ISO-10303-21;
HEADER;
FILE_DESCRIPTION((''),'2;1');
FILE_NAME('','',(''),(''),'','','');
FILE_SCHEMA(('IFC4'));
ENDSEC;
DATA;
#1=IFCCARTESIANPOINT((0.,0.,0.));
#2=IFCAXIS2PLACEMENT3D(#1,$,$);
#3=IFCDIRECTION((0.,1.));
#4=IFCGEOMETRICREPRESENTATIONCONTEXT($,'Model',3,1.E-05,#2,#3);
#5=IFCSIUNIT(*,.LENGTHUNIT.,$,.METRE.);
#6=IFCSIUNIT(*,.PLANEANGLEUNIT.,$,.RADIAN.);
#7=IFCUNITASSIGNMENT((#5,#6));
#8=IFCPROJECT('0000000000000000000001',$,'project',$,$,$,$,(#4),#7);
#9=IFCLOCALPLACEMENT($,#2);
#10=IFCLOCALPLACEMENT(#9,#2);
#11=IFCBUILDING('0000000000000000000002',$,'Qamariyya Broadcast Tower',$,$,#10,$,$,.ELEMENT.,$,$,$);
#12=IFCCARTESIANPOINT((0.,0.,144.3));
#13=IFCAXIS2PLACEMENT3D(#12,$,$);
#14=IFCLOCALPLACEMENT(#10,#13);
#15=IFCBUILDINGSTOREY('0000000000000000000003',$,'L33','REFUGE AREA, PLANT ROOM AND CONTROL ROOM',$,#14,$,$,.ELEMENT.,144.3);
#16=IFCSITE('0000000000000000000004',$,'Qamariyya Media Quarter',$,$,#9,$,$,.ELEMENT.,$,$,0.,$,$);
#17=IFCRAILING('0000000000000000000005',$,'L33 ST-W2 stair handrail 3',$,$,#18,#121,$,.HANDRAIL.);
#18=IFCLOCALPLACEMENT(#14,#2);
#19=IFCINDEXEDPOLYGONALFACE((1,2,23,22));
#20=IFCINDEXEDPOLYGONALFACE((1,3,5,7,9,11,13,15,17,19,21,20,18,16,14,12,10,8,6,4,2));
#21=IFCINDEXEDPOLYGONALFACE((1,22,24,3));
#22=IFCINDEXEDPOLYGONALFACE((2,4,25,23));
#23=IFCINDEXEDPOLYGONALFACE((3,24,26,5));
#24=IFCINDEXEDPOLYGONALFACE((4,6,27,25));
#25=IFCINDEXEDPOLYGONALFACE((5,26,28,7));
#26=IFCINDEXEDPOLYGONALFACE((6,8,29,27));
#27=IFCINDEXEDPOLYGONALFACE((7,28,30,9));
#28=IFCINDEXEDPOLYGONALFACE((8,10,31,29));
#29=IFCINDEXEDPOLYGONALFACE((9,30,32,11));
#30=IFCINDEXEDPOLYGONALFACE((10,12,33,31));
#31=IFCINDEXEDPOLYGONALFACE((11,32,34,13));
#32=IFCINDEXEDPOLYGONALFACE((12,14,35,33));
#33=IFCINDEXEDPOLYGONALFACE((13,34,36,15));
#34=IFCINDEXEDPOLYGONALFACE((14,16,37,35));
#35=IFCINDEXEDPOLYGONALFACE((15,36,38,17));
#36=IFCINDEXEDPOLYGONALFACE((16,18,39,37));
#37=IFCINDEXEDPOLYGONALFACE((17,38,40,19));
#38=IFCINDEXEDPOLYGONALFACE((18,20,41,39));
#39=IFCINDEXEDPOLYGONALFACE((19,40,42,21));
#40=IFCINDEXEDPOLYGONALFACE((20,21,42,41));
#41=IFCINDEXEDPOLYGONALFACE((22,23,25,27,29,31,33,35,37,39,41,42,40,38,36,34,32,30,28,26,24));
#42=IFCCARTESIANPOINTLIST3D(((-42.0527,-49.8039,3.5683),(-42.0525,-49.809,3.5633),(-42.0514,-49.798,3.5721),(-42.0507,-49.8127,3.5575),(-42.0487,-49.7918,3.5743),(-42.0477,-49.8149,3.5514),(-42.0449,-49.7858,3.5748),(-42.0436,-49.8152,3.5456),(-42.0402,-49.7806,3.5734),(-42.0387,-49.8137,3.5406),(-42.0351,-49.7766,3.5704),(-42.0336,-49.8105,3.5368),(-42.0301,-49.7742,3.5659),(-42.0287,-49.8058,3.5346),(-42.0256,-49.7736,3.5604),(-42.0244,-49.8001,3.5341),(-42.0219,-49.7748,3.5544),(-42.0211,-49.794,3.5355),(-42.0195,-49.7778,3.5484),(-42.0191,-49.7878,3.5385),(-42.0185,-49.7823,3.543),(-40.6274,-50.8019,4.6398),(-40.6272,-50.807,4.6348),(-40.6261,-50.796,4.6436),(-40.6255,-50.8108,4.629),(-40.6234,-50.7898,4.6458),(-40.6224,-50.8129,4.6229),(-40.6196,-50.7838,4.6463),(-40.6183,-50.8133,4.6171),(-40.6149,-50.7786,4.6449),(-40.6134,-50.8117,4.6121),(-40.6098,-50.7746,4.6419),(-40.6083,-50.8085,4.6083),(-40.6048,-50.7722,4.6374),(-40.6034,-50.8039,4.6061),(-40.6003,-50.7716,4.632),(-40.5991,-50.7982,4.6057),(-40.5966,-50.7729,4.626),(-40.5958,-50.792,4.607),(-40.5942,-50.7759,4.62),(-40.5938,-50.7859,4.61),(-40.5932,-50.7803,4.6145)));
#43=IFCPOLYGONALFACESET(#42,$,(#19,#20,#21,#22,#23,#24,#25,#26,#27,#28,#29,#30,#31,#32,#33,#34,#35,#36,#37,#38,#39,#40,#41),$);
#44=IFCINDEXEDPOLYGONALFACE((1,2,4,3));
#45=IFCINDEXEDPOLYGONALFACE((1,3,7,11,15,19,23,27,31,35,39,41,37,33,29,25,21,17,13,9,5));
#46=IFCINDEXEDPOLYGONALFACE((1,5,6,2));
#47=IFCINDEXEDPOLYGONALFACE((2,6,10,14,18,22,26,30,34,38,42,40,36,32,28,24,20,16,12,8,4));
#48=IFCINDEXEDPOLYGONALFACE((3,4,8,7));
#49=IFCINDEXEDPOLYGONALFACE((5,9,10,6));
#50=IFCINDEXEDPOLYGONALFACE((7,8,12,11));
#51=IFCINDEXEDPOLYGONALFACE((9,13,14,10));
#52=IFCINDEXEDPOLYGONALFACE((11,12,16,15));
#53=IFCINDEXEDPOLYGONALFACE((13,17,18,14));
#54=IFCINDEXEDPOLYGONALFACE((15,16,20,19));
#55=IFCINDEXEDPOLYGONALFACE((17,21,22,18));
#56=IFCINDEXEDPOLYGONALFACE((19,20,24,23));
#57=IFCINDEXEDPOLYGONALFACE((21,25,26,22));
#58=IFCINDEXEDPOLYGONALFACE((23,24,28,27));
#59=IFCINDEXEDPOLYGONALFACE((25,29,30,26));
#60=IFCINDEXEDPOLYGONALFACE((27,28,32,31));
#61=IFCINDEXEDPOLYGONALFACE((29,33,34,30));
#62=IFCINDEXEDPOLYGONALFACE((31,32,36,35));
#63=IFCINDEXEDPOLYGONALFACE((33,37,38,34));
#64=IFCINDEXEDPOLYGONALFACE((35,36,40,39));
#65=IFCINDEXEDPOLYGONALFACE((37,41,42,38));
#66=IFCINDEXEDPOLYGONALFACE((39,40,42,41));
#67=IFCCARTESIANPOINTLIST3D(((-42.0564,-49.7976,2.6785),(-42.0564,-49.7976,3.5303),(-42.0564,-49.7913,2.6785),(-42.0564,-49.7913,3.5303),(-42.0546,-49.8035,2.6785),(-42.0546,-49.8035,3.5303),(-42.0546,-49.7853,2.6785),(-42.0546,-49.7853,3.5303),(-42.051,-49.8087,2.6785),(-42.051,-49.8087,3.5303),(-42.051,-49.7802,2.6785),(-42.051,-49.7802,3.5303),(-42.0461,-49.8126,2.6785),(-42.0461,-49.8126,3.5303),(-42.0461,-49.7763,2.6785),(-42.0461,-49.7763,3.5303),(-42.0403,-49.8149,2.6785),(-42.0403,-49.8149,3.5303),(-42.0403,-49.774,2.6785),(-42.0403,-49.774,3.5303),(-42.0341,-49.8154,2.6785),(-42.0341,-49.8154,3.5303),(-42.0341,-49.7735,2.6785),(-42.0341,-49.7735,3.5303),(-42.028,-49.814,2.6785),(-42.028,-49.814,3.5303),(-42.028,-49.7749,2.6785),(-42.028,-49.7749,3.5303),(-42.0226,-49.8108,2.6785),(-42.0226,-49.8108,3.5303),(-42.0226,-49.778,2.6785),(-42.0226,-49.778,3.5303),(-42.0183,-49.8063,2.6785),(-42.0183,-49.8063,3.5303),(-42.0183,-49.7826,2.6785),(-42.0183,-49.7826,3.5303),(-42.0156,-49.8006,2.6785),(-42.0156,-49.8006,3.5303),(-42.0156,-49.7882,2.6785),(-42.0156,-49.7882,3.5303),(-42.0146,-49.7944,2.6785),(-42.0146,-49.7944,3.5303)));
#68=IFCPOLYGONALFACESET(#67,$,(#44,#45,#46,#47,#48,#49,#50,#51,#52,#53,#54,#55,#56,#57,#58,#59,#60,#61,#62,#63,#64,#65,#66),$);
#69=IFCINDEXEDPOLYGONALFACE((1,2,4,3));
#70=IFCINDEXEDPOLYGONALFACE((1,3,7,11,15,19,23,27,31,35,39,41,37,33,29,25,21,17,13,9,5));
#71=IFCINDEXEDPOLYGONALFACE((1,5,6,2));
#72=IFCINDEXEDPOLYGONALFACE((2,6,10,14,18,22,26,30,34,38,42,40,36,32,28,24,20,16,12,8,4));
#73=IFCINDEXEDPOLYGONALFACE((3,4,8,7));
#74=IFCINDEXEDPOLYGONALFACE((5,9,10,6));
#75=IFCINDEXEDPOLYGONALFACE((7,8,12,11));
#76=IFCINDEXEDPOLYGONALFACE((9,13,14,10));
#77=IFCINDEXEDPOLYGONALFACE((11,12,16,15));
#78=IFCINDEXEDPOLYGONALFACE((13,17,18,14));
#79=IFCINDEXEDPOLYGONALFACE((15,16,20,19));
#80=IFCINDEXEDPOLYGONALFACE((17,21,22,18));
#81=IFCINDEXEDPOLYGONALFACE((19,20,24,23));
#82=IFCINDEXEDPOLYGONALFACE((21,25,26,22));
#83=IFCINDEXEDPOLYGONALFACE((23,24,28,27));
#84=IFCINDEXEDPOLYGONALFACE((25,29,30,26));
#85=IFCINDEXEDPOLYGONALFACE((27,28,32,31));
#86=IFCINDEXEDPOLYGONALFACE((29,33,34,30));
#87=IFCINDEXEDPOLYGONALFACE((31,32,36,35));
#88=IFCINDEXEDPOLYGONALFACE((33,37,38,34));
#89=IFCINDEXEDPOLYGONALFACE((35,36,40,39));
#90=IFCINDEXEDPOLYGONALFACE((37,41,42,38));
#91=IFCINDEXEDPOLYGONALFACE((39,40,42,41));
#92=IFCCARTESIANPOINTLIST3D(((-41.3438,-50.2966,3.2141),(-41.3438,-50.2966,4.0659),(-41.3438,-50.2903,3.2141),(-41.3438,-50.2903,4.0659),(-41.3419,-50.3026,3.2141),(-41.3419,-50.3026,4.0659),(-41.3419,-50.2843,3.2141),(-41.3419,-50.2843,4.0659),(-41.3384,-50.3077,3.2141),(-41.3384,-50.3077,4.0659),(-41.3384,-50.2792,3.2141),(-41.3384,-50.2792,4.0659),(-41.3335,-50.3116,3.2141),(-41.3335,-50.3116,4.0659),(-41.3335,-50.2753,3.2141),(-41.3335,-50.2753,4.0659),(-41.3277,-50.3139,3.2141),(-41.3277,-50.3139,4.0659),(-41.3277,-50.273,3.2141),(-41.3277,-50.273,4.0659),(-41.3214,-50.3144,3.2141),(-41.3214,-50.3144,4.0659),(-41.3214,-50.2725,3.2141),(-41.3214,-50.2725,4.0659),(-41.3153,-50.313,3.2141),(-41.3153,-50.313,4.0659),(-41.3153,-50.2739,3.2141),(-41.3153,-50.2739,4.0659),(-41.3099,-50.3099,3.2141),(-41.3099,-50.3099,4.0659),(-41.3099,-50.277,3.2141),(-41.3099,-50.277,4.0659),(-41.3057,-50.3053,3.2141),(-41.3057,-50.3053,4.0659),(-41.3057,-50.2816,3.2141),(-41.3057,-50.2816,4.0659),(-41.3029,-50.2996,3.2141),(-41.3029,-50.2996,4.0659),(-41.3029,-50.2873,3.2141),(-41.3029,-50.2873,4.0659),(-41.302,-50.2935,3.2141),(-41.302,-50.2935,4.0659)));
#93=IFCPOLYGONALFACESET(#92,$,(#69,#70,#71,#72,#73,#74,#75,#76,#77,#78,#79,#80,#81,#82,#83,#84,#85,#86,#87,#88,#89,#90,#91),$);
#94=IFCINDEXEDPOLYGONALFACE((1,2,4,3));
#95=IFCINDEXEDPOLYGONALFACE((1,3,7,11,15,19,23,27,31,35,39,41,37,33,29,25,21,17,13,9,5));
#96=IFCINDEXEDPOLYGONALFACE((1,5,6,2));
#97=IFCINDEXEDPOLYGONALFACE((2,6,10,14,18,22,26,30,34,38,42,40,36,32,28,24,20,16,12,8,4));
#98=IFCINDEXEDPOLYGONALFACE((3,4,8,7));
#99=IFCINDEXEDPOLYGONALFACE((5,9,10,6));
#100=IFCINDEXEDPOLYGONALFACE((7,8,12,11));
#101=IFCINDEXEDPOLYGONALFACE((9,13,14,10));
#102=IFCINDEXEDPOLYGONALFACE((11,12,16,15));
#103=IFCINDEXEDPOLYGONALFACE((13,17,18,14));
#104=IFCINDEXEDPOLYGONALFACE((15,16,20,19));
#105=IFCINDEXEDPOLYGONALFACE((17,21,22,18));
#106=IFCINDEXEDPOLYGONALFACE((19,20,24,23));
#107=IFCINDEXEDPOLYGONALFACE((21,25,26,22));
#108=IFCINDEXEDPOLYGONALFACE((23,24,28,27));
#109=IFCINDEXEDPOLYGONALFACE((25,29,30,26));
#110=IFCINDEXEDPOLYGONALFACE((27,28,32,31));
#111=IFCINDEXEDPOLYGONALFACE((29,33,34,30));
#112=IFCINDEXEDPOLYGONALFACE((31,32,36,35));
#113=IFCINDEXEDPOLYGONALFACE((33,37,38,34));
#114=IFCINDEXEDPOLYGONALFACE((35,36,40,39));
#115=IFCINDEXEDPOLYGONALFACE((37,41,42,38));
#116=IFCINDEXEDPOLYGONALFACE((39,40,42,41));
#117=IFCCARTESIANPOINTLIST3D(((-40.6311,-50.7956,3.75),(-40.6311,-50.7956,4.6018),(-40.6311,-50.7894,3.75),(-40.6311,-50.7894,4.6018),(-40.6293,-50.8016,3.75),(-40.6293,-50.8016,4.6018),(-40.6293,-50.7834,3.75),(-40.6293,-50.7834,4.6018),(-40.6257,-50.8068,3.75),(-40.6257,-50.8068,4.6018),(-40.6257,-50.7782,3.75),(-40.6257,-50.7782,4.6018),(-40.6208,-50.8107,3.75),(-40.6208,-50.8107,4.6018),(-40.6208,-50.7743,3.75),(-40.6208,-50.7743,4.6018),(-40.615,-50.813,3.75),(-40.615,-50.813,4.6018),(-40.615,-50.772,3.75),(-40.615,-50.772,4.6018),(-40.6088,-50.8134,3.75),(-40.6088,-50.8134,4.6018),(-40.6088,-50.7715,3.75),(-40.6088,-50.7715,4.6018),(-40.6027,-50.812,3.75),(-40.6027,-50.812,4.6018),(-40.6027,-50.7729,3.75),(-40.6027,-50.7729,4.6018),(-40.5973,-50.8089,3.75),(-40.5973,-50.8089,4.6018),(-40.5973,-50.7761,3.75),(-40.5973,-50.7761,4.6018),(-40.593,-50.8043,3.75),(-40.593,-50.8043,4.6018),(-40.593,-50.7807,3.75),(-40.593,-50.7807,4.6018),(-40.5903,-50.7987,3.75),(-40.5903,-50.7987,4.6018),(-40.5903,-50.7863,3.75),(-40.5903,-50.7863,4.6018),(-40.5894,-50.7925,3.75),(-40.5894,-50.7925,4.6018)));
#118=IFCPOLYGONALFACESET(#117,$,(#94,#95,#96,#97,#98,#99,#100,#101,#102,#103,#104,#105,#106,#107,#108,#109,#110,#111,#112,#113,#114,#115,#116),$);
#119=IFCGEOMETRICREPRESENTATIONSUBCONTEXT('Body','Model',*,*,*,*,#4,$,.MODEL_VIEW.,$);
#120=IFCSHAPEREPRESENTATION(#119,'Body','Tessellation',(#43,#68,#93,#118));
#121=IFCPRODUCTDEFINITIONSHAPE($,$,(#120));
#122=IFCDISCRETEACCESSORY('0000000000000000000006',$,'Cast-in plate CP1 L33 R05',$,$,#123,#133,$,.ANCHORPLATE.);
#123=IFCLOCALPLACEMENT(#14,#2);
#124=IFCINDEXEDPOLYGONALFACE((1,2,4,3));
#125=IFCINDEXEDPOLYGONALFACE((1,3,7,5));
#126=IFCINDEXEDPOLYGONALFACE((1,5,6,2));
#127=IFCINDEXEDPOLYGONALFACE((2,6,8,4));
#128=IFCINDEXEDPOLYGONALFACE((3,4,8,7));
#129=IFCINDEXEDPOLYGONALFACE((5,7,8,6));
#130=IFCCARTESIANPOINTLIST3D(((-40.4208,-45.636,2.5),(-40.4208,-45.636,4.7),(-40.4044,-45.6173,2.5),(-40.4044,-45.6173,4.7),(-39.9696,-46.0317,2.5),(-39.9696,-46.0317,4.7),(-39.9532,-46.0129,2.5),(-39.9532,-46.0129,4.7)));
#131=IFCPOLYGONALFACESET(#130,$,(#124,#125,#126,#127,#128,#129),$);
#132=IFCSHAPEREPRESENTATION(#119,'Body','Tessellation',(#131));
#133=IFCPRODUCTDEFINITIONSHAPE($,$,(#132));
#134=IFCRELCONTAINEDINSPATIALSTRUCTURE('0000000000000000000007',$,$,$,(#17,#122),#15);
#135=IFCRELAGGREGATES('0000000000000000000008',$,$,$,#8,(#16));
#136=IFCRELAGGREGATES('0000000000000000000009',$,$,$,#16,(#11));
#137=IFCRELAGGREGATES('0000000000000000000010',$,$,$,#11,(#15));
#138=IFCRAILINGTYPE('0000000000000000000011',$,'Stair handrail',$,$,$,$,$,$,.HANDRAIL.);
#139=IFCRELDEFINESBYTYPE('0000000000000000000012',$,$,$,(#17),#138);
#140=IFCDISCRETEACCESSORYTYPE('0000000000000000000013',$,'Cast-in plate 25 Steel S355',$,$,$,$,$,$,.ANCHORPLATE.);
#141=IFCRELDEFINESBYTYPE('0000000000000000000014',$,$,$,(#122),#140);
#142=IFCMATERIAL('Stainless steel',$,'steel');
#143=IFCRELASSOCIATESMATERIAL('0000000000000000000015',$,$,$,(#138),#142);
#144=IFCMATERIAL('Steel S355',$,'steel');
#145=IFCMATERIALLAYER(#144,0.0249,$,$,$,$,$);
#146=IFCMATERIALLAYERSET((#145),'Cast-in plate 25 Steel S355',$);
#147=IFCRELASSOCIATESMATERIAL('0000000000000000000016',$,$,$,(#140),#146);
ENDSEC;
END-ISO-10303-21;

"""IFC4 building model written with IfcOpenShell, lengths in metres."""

from ifc_helpers import new_model, si_unit, direction, frame, origin, origin_2d, place, context, subcontext, project, spatial, rectangle, circle, extrude, material, layer, layer_set, type_object, element, save


model = new_model("IFC4")

# Units and contexts
model_context = context("Model", 3, precision=1e-05, world=origin(), true_north=direction((0.0, 1.0)))
body_context = subcontext(model_context, "Body", "Model", "MODEL_VIEW")
ifc_project = project(units=[si_unit("LENGTHUNIT", "METRE"), si_unit("PLANEANGLEUNIT", "RADIAN")], contexts=[model_context])

# Site, building, storey
site_placement = place(None, origin())
site = spatial("IfcSite", under=ifc_project, at=site_placement, Name="Qamariyya Media Quarter", CompositionType="ELEMENT", RefElevation=0.0)
building_placement = place(site_placement, origin())
building = spatial("IfcBuilding", under=site, at=building_placement, Name="Qamariyya Broadcast Tower", CompositionType="ELEMENT")
storey_placement = place(building_placement, frame((0.0, 0.0, 144.3)))
storey = spatial("IfcBuildingStorey", under=building, at=storey_placement, Name="L33", Description="REFUGE AREA, PLANT ROOM AND CONTROL ROOM", CompositionType="ELEMENT", Elevation=144.3)

# Shared definitions
ifc_material_1 = material(Name="Steel S355", Category="steel")

# Railing
ifc_material_2 = material(Name="Stainless steel", Category="steel")
railing_type_1 = type_object("IfcRailingType", Name="Stair handrail", PredefinedType="HANDRAIL", material=ifc_material_2)
for number, where, name in (
    (1, (-42.0356, -49.7944, 2.6785), "L33 ST-W2 stair handrail 3"),
):
    element("IfcRailing", number, at=place(storey_placement, frame(where)), inside=storey, type_object=railing_type_1, Name=name, PredefinedType="HANDRAIL", context=body_context, shape_type="SweptSolid", body=[
        extrude(circle(Radius=0.0239, at=origin_2d()), frame((0.0, 0.0, 0.876), z_axis=(0.697489, -0.48841, 0.524371), x_axis=(0.573594, 0.81914, 0.0)), (0.0, 0.0, 1.0), 2.0435),
        extrude(circle(Radius=0.021, at=origin_2d()), origin(), (0.0, 0.0, 1.0), 0.8518),
        extrude(circle(Radius=0.021, at=origin_2d()), frame((0.7126, -0.499, 0.5356)), (0.0, 0.0, 1.0), 0.8518),
        extrude(circle(Radius=0.021, at=origin_2d()), frame((1.4253, -0.998, 1.0715)), (0.0, 0.0, 1.0), 0.8518),
    ])

# Discrete accessory
ifc_layer_1 = layer(ifc_material_1, 0.0249)
ifc_layer_set_1 = layer_set([ifc_layer_1], Name="Cast-in plate 25 Steel S355")
discrete_accessory_type = type_object("IfcDiscreteAccessoryType", Name="Cast-in plate 25 Steel S355", PredefinedType="ANCHORPLATE", material=ifc_layer_set_1)
discrete_accessory_placement = place(storey_placement, frame((-40.187, -45.8245, 2.5), z_axis=(0.0, 0.0, 1.0), x_axis=(-0.75184, 0.659346, 0.0)))
element("IfcDiscreteAccessory", 2, at=discrete_accessory_placement, inside=storey, type_object=discrete_accessory_type, Name="Cast-in plate CP1 L33 R05", PredefinedType="ANCHORPLATE", context=body_context, shape_type="SweptSolid", body=[
    extrude(rectangle(XDim=0.6001, YDim=0.0249, at=origin_2d()), origin(), (0.0, 0.0, 1.0), 2.2),
])

save(model, "model.ifc")
